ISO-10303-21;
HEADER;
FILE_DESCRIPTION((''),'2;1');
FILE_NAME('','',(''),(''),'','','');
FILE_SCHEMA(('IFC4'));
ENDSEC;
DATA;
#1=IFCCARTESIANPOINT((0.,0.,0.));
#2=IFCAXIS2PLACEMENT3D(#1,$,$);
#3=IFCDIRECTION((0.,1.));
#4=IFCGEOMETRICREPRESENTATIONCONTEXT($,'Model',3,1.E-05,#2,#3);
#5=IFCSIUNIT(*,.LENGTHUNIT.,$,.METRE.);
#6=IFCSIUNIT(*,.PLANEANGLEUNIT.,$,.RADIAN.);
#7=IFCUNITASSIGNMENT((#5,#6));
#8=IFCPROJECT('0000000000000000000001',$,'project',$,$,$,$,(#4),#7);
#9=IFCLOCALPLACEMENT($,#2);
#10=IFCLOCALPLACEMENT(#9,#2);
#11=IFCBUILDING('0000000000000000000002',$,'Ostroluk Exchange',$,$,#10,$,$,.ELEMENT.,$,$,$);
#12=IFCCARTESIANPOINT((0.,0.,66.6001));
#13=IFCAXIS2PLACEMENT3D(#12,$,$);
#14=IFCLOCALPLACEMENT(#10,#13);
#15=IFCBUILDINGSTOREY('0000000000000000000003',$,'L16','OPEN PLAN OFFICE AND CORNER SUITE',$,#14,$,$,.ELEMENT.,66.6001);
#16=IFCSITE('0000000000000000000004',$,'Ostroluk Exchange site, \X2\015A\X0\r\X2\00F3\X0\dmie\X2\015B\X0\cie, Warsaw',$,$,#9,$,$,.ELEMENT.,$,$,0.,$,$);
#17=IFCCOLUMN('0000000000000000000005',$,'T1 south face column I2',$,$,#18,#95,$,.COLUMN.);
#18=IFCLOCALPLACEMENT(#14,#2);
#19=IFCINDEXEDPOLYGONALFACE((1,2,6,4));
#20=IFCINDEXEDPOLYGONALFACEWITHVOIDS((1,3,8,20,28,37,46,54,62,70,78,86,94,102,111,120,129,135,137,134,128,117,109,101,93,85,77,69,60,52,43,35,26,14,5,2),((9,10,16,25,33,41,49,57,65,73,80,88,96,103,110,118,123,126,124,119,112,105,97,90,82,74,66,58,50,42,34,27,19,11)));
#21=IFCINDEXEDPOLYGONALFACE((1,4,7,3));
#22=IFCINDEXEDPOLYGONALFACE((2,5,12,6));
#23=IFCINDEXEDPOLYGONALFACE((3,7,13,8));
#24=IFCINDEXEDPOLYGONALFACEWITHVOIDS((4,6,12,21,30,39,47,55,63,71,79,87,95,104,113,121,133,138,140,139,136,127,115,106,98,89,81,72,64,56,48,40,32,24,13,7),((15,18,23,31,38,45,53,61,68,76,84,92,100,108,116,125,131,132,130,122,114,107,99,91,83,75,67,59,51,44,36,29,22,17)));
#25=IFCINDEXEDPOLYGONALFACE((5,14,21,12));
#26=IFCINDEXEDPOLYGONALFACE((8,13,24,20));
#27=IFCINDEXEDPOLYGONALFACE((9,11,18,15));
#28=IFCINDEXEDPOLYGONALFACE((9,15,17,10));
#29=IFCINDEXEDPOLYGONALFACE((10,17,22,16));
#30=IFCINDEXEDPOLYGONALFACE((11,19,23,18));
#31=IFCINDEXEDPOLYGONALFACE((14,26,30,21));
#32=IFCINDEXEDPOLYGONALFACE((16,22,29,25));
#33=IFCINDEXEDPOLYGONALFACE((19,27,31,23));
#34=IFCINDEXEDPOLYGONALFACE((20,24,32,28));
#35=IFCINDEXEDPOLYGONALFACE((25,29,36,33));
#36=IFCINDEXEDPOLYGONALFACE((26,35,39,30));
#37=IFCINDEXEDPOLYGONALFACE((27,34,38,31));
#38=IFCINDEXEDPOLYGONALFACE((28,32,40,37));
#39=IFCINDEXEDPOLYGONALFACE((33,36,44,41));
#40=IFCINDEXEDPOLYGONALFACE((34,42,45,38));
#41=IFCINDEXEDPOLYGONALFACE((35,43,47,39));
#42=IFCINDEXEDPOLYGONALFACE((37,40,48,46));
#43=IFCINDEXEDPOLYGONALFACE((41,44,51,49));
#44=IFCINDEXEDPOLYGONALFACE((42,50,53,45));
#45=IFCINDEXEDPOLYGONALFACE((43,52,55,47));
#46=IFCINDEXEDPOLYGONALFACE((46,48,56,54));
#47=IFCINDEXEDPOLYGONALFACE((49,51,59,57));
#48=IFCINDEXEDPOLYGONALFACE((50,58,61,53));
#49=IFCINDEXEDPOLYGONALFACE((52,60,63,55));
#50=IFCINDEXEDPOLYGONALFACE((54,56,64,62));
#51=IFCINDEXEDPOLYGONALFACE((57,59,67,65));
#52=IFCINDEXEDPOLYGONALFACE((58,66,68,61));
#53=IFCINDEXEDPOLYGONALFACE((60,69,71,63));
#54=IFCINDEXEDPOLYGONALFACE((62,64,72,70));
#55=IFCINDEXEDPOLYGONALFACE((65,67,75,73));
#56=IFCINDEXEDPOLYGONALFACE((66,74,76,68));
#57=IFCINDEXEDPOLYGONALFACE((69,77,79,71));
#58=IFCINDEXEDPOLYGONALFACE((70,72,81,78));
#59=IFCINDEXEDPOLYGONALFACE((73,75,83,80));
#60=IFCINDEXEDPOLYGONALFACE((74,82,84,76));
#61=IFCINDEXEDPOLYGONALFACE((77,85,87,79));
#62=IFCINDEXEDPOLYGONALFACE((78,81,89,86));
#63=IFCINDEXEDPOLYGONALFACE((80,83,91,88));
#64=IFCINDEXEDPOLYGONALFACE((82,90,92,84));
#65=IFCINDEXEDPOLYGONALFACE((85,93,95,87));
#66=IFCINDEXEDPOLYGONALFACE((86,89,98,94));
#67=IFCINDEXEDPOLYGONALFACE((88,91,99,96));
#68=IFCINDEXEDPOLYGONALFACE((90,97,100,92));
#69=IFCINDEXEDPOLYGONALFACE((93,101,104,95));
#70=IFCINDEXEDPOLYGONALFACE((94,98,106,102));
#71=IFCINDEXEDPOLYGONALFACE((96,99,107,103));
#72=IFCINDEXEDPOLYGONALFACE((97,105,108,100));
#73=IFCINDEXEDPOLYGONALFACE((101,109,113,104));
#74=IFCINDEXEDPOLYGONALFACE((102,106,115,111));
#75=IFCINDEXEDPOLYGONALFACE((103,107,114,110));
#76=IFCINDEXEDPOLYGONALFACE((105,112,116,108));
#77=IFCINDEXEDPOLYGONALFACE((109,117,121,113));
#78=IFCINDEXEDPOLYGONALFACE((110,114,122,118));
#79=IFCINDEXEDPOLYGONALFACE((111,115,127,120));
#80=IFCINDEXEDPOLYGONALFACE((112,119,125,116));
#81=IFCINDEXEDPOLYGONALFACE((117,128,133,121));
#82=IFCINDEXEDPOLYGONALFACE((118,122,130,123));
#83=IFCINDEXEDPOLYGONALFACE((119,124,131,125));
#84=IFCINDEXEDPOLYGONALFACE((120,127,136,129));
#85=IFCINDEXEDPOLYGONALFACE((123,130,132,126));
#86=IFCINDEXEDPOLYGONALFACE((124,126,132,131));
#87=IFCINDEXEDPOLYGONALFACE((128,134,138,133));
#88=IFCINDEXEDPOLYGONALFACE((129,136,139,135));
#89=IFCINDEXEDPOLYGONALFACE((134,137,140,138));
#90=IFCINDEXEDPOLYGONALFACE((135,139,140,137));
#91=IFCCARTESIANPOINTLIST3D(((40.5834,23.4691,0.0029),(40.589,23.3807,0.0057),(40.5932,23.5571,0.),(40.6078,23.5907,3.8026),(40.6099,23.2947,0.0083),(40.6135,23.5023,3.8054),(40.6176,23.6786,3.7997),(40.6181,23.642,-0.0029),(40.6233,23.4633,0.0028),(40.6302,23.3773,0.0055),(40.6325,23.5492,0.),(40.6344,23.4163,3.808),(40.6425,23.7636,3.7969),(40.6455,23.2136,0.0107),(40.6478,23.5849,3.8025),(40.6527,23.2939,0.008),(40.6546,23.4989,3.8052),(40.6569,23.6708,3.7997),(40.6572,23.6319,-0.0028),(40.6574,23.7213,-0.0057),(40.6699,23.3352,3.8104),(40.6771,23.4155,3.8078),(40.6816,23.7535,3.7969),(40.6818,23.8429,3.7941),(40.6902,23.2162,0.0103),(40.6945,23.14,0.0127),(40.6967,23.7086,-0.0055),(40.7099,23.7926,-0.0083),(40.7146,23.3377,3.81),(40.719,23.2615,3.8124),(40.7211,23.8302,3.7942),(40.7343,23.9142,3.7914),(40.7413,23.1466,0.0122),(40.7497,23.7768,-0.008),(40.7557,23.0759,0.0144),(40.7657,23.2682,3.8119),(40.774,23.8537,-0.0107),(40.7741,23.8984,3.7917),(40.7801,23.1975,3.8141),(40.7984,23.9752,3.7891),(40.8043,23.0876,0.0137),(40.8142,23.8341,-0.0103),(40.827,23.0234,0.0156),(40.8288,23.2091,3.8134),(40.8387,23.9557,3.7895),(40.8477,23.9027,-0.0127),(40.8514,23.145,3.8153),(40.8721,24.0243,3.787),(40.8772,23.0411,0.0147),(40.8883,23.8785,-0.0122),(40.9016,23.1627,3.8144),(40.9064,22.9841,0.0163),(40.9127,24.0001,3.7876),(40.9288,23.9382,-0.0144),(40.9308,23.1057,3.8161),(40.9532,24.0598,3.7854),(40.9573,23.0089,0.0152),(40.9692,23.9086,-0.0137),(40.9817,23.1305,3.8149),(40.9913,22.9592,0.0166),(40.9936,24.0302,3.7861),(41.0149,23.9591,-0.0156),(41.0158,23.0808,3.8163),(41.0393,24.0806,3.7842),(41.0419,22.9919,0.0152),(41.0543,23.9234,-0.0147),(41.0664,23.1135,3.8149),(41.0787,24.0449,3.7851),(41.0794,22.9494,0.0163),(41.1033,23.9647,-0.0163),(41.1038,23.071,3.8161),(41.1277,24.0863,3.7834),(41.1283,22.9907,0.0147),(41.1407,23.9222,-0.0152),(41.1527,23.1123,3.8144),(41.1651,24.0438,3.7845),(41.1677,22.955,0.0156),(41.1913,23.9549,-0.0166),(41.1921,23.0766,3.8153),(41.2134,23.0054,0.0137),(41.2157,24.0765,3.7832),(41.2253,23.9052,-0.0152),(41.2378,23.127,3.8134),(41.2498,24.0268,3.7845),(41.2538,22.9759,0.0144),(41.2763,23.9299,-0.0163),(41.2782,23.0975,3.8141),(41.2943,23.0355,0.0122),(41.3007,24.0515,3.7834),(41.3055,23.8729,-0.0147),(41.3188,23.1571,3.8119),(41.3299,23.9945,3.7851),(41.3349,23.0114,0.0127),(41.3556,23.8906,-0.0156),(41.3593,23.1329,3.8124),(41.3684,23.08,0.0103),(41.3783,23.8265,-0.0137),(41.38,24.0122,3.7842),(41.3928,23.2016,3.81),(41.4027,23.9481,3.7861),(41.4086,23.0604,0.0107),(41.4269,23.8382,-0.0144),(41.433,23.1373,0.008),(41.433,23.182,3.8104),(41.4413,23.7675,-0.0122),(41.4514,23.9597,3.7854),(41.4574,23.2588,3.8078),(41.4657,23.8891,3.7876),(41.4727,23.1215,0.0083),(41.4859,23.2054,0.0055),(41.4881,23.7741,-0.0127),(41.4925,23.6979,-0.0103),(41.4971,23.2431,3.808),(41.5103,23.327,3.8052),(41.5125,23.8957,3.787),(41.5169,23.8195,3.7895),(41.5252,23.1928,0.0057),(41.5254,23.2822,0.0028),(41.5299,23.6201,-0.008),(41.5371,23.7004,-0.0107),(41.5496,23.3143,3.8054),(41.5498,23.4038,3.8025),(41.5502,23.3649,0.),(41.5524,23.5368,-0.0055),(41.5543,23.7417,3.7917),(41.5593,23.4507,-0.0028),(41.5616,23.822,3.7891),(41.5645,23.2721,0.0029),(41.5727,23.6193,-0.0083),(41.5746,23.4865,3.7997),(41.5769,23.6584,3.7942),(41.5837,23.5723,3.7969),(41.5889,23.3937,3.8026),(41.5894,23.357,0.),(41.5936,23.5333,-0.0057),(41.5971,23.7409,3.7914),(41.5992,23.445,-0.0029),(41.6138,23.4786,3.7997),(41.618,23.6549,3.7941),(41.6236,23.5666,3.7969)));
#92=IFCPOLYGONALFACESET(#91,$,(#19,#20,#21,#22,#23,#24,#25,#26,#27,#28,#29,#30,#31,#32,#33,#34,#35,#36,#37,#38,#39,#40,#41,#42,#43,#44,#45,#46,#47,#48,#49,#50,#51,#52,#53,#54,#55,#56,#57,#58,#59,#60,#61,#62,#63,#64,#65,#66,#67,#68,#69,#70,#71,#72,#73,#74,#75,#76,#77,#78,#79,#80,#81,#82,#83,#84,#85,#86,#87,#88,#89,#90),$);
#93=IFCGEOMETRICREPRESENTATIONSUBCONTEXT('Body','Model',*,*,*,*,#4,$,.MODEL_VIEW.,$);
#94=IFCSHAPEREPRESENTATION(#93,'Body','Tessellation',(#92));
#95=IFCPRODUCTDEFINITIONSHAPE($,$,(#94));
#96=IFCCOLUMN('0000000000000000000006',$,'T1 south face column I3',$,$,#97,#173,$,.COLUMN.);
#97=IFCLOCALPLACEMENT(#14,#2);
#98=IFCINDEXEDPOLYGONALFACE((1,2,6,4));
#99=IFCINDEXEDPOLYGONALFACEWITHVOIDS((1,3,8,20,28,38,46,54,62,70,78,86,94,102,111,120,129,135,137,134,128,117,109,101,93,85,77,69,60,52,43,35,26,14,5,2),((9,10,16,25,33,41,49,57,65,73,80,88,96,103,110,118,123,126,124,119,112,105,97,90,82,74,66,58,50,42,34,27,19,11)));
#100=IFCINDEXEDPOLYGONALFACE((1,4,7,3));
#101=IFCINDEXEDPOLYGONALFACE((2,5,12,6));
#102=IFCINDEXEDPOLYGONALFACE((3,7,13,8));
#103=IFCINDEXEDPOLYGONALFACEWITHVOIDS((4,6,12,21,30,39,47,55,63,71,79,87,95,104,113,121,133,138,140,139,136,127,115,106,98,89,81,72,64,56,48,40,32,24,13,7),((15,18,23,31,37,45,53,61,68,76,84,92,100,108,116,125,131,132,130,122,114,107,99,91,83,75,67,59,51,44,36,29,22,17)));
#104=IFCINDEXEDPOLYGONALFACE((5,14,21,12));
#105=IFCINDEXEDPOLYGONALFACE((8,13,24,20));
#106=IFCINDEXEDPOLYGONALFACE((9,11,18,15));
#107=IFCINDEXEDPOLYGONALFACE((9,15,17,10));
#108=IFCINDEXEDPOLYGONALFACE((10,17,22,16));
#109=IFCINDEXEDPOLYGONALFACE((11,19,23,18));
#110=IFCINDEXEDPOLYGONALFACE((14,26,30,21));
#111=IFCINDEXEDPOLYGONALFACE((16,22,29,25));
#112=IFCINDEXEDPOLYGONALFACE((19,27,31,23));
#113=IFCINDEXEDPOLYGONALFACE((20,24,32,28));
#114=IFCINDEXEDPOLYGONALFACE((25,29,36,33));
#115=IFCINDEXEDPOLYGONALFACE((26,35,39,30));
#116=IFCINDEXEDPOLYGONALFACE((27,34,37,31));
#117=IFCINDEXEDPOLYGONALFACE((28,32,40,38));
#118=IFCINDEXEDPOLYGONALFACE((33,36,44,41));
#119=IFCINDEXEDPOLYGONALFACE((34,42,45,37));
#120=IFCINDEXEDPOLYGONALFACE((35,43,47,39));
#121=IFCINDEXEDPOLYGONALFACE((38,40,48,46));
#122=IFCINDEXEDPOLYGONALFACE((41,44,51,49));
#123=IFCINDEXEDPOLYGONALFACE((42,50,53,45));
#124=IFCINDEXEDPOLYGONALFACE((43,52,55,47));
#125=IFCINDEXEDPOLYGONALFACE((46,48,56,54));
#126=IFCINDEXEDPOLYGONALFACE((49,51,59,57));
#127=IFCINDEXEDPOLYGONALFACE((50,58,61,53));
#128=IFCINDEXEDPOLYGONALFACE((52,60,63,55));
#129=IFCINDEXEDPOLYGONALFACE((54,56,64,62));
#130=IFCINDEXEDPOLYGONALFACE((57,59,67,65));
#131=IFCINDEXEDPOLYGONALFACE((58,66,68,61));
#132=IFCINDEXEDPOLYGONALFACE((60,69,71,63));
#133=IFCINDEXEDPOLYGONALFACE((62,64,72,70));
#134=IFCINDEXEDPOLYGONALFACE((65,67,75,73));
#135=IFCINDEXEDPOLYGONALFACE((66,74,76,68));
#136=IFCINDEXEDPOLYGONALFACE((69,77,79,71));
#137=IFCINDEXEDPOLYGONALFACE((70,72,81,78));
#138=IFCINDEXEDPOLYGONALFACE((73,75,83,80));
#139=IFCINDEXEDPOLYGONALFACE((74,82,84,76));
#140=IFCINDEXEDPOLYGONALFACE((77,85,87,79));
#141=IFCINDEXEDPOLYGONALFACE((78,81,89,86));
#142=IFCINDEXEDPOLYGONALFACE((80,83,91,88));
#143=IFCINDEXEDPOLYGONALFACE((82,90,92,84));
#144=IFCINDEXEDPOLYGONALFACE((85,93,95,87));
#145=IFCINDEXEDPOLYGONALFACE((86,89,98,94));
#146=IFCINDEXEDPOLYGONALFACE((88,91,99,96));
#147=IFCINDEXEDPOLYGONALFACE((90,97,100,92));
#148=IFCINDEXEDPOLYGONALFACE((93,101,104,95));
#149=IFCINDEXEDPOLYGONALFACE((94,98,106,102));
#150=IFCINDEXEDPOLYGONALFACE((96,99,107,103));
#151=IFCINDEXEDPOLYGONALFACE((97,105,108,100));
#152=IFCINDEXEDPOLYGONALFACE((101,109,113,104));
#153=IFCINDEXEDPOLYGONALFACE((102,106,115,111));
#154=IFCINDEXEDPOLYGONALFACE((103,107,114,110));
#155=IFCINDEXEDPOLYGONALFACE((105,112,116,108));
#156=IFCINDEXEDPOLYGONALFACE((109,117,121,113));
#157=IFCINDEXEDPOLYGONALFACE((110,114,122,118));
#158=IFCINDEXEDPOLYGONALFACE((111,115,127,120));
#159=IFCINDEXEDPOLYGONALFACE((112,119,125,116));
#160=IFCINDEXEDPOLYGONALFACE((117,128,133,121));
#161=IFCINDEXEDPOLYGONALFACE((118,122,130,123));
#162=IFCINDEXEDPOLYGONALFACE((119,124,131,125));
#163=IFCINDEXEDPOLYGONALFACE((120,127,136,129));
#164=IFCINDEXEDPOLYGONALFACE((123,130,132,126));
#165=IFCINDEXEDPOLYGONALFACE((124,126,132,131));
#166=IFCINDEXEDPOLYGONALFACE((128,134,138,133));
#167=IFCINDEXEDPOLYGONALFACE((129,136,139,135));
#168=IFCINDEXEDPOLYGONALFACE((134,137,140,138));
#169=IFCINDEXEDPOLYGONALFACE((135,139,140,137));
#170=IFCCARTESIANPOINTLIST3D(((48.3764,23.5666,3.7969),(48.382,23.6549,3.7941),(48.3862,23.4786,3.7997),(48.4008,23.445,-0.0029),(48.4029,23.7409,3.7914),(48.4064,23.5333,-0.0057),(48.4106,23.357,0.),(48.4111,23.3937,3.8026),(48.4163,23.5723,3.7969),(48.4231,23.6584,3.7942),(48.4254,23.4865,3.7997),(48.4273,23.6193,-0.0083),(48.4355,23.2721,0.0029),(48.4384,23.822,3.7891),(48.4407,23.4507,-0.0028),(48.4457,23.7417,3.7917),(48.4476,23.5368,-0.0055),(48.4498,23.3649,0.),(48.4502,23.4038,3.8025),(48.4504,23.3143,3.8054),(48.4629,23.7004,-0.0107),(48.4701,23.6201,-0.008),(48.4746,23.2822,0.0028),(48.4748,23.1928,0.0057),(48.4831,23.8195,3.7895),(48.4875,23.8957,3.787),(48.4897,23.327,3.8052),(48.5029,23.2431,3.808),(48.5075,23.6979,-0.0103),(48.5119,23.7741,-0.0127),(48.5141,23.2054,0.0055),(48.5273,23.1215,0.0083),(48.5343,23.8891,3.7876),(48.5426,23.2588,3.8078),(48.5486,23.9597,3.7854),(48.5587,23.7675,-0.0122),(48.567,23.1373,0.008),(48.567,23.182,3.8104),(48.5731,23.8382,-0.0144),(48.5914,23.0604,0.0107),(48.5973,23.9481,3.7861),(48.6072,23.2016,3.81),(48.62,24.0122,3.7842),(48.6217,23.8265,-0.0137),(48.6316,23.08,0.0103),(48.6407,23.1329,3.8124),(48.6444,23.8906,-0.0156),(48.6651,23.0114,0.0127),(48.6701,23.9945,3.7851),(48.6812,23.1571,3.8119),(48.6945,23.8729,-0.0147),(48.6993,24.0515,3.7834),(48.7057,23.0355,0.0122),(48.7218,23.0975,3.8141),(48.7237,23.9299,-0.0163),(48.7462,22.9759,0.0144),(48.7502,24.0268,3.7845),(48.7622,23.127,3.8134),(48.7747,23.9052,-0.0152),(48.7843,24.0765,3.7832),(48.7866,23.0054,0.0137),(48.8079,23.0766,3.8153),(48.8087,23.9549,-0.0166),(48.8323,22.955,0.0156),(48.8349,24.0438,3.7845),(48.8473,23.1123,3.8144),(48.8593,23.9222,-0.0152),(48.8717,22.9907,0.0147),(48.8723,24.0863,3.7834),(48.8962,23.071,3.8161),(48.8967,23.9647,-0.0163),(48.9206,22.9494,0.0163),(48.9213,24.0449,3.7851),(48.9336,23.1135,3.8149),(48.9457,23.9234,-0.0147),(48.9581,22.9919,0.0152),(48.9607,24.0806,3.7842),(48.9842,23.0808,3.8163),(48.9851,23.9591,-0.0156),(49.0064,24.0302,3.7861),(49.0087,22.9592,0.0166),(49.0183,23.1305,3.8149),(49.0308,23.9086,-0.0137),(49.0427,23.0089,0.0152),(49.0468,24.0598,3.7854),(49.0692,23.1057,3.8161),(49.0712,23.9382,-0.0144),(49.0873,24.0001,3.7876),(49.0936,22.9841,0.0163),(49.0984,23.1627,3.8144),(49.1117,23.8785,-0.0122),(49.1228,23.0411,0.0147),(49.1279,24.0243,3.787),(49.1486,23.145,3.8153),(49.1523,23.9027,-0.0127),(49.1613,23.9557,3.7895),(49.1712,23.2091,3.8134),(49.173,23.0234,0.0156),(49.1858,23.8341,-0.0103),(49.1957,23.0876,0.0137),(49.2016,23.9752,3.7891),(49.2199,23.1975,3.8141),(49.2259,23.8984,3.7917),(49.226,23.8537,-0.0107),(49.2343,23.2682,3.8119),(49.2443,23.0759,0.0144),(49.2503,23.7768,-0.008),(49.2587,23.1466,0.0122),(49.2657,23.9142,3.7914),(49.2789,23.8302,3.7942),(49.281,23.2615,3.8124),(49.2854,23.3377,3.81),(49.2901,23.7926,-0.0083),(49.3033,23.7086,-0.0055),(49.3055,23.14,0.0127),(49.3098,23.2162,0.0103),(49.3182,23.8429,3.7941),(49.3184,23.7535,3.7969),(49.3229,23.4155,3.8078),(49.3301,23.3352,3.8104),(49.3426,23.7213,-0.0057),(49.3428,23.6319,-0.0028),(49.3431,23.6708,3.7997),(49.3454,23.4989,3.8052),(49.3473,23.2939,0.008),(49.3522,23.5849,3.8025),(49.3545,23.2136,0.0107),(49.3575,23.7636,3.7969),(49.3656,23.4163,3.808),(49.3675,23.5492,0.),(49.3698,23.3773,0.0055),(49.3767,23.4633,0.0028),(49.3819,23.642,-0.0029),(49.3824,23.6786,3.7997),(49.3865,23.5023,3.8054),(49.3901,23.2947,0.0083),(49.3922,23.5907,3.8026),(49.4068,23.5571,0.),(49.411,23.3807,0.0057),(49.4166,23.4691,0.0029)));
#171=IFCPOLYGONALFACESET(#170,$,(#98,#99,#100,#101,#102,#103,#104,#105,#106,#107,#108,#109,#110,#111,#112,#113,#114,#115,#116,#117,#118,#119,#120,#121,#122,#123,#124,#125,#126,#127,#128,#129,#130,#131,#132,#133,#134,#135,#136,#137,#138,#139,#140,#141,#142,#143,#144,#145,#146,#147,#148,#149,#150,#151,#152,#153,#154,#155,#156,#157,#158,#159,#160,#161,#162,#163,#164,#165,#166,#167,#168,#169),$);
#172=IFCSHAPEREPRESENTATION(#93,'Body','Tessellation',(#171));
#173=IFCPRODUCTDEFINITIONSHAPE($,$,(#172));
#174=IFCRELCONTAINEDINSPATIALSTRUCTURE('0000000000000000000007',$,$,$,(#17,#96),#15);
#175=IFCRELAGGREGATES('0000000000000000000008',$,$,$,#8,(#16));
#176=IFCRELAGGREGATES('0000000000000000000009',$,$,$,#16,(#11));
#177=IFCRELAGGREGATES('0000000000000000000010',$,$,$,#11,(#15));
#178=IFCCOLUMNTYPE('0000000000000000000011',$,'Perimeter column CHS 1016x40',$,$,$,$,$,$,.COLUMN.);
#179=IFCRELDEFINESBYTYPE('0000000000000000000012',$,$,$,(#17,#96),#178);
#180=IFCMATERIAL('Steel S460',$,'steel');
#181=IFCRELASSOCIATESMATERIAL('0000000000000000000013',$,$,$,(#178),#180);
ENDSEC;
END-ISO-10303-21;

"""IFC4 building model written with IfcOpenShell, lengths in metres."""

from ifc_helpers import new_model, si_unit, direction, frame, origin, origin_2d, place, context, subcontext, project, spatial, hollow_circle, extrude, material, material_profile, profile_set, type_object, element, save


model = new_model("IFC4")

# Units and contexts
model_context = context("Model", 3, precision=1e-05, world=origin(), true_north=direction((0.0, 1.0)))
body_context = subcontext(model_context, "Body", "Model", "MODEL_VIEW")
ifc_project = project(units=[si_unit("LENGTHUNIT", "METRE"), si_unit("PLANEANGLEUNIT", "RADIAN")], contexts=[model_context])

# Site, building, storey
site_placement = place(None, origin())
site = spatial("IfcSite", under=ifc_project, at=site_placement, Name="Ostroluk Exchange site, Śródmieście, Warsaw", CompositionType="ELEMENT", RefElevation=0.0)
building_placement = place(site_placement, origin())
building = spatial("IfcBuilding", under=site, at=building_placement, Name="Ostroluk Exchange", CompositionType="ELEMENT")
storey_placement = place(building_placement, frame((0.0, 0.0, 66.6001)))
storey = spatial("IfcBuildingStorey", under=building, at=storey_placement, Name="L16", Description="OPEN PLAN OFFICE AND CORNER SUITE", CompositionType="ELEMENT", Elevation=66.6001)

# Columns
ifc_material_1 = material(Name="Steel S460", Category="steel")
ifc_material_profile_1 = material_profile(ifc_material_1, hollow_circle(Radius=0.5081, WallThickness=0.04, at=origin_2d()), Name="CHS 1016x40")
ifc_profile_set_1 = profile_set([ifc_material_profile_1], Name="Steel S460")
column_type = type_object("IfcColumnType", Name="Perimeter column CHS 1016x40", PredefinedType="COLUMN", material=ifc_profile_set_1)
for number, where, z_axis, x_axis, name in (
    (1, (41.0913, 23.457, 0.0), (0.006422, 0.03198, 0.999468), (-0.980429, 0.196873, 0.0), "T1 south face column I2"),
    (2, (48.9087, 23.457, 0.0), (-0.006422, 0.03198, 0.999468), (-0.980429, -0.196873, 0.0), "T1 south face column I3"),
):
    element("IfcColumn", number, at=place(storey_placement, frame(where, z_axis=z_axis, x_axis=x_axis)), inside=storey, type_object=column_type, Name=name, PredefinedType="COLUMN", context=body_context, shape_type="SweptSolid", body=[
        extrude(hollow_circle(Radius=0.5081, WallThickness=0.04, at=origin_2d()), origin(), (0.0, 0.0, 1.0), 3.8018),
    ])

save(model, "model.ifc")
